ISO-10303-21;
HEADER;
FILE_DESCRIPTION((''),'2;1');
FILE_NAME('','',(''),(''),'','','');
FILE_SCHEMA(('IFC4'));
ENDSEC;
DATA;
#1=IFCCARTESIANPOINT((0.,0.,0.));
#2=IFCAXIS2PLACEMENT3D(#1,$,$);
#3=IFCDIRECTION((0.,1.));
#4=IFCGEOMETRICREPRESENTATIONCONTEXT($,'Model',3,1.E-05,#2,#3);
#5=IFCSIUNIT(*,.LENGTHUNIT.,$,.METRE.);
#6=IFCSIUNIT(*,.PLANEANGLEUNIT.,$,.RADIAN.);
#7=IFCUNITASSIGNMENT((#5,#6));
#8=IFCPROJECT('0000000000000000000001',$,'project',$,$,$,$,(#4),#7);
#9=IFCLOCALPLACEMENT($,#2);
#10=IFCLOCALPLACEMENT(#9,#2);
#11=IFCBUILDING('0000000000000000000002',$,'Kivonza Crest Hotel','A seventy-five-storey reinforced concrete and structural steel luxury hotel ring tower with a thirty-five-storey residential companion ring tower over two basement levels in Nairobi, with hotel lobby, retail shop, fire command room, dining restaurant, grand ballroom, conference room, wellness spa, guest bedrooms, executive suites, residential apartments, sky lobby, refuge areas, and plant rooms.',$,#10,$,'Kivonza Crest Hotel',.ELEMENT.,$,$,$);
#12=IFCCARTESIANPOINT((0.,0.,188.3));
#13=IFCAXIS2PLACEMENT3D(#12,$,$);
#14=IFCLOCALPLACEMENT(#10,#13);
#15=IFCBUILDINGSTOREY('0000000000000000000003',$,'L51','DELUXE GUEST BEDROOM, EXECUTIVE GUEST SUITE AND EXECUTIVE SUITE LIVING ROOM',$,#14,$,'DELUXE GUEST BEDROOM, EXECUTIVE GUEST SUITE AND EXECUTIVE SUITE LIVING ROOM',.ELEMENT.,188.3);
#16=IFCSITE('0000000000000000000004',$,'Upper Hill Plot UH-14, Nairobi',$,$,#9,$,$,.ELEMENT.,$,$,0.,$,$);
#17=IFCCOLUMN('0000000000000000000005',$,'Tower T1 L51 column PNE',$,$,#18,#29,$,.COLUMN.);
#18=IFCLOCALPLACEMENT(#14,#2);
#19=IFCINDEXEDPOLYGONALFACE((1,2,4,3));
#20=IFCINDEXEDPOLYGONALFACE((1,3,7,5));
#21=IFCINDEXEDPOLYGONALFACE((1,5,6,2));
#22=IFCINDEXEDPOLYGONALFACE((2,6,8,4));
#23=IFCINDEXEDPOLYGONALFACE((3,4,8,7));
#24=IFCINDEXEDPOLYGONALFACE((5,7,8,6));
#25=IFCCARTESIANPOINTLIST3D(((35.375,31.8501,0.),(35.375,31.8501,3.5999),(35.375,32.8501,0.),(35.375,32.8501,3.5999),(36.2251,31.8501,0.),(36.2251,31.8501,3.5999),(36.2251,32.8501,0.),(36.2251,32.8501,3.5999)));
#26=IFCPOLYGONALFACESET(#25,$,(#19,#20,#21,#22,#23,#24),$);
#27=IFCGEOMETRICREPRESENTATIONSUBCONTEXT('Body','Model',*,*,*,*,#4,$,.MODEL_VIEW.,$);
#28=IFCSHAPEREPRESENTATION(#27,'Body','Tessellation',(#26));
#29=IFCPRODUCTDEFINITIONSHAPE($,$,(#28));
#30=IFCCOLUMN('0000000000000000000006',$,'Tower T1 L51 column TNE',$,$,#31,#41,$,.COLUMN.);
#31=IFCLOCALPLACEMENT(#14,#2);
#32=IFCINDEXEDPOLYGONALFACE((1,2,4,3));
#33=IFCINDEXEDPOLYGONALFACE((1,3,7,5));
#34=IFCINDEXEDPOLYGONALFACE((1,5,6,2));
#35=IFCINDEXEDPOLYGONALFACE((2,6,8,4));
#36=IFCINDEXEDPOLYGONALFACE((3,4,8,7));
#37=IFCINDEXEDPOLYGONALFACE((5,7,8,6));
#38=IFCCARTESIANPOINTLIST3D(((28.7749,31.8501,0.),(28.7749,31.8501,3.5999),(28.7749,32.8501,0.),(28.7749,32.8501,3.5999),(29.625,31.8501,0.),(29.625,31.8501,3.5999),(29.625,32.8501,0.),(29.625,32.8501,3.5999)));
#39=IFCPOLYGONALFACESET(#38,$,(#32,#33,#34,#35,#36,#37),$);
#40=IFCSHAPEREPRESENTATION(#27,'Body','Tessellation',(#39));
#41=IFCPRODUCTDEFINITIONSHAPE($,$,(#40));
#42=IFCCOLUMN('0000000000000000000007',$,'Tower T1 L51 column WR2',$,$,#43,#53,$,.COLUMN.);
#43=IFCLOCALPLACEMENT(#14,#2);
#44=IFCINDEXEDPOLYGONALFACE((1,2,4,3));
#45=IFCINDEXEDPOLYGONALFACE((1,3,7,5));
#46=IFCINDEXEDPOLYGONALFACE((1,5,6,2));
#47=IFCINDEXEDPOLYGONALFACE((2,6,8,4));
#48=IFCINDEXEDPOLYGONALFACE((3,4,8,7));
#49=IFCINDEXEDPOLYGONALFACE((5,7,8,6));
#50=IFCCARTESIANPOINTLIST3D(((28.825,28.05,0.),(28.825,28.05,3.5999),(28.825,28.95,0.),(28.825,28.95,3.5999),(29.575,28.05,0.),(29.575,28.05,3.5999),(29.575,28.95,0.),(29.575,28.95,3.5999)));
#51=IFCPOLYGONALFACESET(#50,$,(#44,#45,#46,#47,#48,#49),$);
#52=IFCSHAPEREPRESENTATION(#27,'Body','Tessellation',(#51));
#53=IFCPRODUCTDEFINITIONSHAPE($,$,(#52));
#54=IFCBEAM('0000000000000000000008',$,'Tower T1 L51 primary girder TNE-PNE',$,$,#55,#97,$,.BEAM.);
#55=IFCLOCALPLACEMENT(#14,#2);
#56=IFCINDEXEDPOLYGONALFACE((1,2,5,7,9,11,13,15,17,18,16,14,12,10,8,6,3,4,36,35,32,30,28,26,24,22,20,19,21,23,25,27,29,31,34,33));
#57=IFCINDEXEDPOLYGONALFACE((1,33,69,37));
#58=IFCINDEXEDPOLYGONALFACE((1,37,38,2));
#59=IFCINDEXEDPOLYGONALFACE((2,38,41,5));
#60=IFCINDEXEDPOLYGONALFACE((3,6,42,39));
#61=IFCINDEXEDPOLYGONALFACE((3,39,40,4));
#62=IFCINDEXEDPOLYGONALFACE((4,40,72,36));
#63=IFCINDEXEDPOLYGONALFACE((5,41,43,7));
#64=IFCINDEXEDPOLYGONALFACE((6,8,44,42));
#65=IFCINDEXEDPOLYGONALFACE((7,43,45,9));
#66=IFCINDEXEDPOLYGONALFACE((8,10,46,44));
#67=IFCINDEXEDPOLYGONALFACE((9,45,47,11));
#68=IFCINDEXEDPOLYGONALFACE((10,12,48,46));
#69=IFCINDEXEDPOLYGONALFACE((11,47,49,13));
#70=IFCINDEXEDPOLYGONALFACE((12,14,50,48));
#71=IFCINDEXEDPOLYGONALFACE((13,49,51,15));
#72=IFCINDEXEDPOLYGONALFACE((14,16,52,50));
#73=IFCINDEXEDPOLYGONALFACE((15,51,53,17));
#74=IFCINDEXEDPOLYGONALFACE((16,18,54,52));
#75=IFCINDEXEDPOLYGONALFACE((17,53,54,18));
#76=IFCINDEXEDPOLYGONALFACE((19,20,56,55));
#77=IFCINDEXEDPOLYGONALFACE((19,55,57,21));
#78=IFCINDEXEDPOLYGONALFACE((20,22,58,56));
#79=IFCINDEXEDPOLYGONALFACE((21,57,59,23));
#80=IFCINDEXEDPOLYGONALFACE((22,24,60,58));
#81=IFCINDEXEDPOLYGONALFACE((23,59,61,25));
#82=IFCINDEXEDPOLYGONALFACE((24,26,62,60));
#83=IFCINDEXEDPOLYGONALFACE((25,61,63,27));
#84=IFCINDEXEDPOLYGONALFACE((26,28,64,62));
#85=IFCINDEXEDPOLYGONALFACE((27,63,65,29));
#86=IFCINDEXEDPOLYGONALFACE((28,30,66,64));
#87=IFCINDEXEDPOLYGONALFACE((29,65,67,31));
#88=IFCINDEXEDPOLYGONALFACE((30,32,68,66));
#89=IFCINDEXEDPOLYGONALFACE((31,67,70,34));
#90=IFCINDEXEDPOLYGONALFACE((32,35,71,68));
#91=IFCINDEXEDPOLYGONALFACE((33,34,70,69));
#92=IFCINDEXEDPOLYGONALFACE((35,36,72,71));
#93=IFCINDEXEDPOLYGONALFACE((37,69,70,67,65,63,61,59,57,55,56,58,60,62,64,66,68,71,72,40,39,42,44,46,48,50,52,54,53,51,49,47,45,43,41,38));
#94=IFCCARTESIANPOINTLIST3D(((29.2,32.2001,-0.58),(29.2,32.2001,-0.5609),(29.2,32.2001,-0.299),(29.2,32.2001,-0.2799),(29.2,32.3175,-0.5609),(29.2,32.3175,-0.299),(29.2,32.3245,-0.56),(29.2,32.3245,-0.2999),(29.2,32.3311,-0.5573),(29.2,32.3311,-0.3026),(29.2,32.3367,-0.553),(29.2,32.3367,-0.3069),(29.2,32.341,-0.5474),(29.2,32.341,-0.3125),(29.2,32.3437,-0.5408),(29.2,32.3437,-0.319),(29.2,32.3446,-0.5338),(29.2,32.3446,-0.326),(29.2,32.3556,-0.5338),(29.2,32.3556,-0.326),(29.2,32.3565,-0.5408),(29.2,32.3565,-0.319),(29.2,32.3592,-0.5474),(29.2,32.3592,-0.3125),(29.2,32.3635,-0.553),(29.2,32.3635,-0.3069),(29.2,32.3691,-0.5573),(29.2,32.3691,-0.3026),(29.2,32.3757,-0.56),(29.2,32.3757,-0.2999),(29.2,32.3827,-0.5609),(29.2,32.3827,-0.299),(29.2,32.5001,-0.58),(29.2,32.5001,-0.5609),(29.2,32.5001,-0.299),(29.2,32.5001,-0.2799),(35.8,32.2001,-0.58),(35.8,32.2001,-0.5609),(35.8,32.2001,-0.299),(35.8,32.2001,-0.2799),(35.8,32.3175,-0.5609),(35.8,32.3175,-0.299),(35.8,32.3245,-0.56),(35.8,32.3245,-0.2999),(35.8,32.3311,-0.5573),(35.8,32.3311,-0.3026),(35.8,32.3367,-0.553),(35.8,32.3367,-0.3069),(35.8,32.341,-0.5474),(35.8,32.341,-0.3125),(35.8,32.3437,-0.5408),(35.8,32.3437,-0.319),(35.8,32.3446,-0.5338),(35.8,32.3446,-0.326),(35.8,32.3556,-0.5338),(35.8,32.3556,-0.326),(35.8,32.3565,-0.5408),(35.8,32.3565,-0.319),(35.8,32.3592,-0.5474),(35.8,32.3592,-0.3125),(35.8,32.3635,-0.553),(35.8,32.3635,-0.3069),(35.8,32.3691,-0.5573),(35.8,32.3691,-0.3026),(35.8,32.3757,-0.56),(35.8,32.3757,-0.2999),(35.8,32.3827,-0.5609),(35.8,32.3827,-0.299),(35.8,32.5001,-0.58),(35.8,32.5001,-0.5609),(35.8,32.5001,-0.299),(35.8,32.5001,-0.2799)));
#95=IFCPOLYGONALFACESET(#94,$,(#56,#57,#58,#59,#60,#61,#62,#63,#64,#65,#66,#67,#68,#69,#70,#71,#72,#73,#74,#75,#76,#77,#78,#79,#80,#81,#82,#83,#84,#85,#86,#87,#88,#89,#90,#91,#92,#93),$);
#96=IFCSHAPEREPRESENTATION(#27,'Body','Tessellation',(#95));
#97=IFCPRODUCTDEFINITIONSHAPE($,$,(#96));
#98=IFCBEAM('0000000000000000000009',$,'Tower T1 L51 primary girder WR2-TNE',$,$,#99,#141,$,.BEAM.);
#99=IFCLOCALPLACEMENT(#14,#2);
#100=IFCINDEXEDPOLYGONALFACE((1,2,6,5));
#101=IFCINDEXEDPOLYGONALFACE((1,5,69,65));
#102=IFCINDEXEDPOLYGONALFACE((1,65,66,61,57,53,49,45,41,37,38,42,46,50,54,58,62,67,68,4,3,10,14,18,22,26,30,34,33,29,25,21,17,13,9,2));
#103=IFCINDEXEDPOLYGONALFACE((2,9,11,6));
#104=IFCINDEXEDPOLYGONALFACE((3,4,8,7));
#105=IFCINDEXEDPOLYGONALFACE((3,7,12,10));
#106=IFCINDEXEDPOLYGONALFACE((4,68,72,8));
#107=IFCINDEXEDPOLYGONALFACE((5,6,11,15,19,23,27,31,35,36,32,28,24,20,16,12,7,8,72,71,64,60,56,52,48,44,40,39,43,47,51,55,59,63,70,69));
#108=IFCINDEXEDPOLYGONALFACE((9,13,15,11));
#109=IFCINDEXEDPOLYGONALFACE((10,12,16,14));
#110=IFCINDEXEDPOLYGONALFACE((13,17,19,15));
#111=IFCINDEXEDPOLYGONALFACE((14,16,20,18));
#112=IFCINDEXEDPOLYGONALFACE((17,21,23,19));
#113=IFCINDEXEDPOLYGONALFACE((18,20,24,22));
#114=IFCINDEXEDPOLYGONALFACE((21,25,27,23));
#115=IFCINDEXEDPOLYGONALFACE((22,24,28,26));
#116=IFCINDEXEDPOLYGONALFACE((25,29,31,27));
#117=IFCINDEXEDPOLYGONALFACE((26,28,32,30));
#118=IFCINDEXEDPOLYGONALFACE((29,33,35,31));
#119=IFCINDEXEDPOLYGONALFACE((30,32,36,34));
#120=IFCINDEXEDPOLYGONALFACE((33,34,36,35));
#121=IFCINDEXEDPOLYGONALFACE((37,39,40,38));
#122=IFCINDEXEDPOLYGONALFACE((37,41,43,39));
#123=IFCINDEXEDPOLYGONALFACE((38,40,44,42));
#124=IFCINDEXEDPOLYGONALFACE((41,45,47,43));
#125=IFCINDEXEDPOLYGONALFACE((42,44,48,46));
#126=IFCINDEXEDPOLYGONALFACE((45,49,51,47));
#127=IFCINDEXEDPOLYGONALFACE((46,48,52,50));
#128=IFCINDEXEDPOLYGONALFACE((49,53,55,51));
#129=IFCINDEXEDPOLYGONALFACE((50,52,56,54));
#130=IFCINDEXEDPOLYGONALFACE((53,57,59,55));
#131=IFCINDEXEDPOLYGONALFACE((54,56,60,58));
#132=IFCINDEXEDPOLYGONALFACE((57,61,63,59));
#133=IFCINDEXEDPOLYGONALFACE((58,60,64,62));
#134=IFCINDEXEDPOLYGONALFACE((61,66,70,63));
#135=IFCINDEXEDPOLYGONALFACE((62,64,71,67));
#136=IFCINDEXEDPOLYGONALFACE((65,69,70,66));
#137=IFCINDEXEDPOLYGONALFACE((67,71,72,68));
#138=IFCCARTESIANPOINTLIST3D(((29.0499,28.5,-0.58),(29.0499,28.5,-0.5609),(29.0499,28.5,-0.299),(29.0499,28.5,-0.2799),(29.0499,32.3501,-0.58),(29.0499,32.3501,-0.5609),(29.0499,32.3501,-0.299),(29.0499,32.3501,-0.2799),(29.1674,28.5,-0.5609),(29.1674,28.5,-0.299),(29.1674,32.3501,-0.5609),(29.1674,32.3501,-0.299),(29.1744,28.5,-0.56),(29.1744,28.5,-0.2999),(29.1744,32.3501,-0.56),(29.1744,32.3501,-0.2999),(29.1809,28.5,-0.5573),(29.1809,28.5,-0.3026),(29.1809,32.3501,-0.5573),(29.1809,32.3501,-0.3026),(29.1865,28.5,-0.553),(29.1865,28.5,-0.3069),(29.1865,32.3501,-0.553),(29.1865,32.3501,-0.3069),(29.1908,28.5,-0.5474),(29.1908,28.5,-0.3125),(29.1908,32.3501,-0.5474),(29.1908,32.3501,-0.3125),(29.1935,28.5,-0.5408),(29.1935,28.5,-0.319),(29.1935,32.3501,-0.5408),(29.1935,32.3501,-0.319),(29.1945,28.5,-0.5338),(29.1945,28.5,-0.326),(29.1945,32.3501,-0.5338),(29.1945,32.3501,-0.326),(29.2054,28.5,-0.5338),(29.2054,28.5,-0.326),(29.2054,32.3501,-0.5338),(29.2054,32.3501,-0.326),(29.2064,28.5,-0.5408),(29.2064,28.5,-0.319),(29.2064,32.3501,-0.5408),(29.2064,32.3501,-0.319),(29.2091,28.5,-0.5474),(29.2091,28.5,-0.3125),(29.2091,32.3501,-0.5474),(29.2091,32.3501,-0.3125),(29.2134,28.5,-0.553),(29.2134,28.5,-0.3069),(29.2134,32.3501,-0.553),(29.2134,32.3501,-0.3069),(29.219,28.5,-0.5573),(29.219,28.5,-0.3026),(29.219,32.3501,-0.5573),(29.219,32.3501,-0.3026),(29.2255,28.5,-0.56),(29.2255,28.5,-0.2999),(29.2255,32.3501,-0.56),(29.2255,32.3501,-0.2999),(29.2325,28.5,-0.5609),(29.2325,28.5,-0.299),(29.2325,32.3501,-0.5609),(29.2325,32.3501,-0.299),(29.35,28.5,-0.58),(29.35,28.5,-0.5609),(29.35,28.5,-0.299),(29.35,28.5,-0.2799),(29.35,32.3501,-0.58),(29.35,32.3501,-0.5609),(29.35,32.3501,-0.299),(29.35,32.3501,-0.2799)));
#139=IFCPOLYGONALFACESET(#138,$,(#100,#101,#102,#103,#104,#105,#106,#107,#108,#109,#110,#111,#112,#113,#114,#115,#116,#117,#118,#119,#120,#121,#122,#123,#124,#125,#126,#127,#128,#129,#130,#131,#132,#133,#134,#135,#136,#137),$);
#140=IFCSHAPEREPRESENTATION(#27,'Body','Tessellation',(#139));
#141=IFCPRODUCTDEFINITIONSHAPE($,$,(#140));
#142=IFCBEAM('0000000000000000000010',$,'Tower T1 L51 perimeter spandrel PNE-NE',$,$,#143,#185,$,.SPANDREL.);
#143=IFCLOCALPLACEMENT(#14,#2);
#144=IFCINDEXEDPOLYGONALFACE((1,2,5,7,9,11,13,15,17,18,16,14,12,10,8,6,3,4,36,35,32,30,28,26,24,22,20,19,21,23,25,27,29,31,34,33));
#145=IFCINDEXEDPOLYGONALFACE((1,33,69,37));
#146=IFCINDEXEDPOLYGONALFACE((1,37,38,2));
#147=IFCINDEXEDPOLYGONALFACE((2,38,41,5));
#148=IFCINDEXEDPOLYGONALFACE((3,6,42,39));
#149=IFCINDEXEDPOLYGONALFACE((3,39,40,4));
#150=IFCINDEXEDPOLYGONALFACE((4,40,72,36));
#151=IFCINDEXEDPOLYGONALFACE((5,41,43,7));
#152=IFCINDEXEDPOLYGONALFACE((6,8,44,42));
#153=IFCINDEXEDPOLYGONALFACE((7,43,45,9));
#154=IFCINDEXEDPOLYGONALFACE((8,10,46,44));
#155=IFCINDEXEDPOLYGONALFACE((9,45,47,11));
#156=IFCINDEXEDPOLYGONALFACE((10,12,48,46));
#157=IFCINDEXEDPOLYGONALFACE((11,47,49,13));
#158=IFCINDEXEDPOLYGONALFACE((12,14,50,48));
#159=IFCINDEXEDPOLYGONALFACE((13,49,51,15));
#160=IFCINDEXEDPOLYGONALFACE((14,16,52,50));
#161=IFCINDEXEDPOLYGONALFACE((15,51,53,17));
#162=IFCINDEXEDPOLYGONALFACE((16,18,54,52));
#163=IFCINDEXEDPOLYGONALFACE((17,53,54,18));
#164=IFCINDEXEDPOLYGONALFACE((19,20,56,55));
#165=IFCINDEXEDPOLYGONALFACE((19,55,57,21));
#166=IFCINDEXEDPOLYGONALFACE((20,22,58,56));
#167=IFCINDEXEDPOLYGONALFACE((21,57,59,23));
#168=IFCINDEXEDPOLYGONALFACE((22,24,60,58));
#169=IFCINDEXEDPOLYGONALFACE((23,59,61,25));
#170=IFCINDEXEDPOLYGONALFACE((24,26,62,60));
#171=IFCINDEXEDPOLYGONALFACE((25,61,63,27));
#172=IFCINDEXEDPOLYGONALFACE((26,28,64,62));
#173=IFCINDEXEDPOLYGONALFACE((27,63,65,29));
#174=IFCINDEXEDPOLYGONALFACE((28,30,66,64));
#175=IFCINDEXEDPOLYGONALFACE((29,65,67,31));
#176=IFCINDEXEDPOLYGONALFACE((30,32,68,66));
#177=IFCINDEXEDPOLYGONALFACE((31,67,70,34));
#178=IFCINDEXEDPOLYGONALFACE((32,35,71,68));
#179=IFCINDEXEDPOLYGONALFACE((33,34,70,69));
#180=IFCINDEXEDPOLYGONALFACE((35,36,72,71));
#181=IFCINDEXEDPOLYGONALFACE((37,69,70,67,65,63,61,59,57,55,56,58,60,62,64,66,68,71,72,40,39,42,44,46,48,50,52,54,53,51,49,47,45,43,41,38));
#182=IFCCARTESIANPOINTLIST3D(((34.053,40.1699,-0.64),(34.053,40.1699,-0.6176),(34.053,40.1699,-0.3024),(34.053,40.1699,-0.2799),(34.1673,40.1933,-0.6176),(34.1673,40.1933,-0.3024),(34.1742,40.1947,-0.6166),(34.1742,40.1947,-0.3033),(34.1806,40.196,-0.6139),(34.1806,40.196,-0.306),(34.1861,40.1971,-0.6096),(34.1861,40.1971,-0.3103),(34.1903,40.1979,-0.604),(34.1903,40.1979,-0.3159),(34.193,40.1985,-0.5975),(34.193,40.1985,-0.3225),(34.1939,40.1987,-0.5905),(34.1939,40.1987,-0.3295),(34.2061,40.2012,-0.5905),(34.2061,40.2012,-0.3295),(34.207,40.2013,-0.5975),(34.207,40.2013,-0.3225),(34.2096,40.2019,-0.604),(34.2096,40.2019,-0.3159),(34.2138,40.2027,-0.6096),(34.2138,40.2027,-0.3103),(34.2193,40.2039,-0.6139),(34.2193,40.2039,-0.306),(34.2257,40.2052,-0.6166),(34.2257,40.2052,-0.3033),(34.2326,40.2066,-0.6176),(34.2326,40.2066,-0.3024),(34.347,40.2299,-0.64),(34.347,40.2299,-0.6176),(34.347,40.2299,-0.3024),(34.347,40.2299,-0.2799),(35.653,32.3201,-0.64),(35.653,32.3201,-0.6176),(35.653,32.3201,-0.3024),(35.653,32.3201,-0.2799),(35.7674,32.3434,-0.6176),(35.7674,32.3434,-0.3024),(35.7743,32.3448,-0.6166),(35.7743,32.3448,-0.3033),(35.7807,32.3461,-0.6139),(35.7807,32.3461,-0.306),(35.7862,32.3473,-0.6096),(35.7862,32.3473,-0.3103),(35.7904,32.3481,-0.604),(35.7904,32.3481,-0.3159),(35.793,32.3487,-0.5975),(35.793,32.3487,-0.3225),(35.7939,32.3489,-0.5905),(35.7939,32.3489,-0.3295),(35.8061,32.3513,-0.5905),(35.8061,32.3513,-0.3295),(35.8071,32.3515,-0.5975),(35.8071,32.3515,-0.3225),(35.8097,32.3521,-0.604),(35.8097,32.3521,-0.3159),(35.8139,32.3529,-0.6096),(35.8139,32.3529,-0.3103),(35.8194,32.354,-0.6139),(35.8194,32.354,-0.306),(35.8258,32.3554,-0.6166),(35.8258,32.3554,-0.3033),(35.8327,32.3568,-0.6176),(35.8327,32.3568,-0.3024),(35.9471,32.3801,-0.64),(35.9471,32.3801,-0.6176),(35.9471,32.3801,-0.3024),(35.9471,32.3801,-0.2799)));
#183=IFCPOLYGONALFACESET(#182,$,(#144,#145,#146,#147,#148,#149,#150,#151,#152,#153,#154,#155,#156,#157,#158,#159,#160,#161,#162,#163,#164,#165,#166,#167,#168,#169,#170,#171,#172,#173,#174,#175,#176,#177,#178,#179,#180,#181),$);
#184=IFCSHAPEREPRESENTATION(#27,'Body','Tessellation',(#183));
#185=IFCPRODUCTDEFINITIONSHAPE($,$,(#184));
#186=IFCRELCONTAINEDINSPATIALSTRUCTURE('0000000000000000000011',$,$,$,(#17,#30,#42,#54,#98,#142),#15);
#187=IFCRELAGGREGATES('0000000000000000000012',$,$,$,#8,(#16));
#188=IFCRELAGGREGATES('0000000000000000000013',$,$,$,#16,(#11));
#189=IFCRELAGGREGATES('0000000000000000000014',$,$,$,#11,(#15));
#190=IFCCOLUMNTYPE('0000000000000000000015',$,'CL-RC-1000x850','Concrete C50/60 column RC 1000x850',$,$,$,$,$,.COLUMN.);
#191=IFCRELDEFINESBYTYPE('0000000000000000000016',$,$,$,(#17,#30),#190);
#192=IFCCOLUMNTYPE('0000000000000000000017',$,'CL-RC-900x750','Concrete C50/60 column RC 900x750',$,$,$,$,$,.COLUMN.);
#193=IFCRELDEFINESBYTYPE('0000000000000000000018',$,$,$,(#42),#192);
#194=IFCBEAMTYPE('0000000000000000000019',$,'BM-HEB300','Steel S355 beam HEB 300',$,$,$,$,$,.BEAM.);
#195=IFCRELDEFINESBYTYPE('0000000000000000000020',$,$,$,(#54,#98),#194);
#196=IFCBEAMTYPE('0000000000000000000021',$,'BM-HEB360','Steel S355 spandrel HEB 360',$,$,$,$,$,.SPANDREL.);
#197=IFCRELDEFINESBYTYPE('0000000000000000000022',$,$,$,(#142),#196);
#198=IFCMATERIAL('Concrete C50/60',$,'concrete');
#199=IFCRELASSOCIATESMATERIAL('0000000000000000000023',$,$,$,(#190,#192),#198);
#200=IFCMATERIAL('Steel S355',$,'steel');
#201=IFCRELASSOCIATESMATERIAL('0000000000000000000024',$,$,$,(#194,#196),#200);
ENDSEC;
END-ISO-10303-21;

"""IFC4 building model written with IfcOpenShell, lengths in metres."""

from ifc_helpers import new_model, si_unit, direction, frame, origin, origin_2d, place, context, subcontext, project, spatial, rectangle, i_section, extrude, material, material_profile, profile_set, type_object, element, save


model = new_model("IFC4")

# Units and contexts
model_context = context("Model", 3, precision=1e-05, world=origin(), true_north=direction((0.0, 1.0)))
body_context = subcontext(model_context, "Body", "Model", "MODEL_VIEW")
ifc_project = project(units=[si_unit("LENGTHUNIT", "METRE"), si_unit("PLANEANGLEUNIT", "RADIAN")], contexts=[model_context])

# Site, building, storey
site_placement = place(None, origin())
site = spatial("IfcSite", under=ifc_project, at=site_placement, Name="Upper Hill Plot UH-14, Nairobi", CompositionType="ELEMENT", RefElevation=0.0)
building_placement = place(site_placement, origin())
building = spatial("IfcBuilding", under=site, at=building_placement, Name="Kivonza Crest Hotel", Description="A seventy-five-storey reinforced concrete and structural steel luxury hotel ring tower with a thirty-five-storey residential companion ring tower over two basement levels in Nairobi, with hotel lobby, retail shop, fire command room, dining restaurant, grand ballroom, conference room, wellness spa, guest bedrooms, executive suites, residential apartments, sky lobby, refuge areas, and plant rooms.", LongName="Kivonza Crest Hotel", CompositionType="ELEMENT")
storey_placement = place(building_placement, frame((0.0, 0.0, 188.3)))
storey = spatial("IfcBuildingStorey", under=building, at=storey_placement, Name="L51", Description="DELUXE GUEST BEDROOM, EXECUTIVE GUEST SUITE AND EXECUTIVE SUITE LIVING ROOM", LongName="DELUXE GUEST BEDROOM, EXECUTIVE GUEST SUITE AND EXECUTIVE SUITE LIVING ROOM", CompositionType="ELEMENT", Elevation=188.3)

# Columns
ifc_material_1 = material(Name="Concrete C50/60", Category="concrete")
ifc_material_profile_1 = material_profile(ifc_material_1, rectangle(XDim=0.8501, YDim=1.0, at=origin_2d()), Name="RC 1000x850")
ifc_profile_set_1 = profile_set([ifc_material_profile_1], Name="Concrete C50/60")
column_type_1 = type_object("IfcColumnType", Name="CL-RC-1000x850", Description="Concrete C50/60 column RC 1000x850", PredefinedType="COLUMN", material=ifc_profile_set_1)
for number, where, z_axis, x_axis, name in (
    (1, (35.8, 32.3501, 0.0), (0.0, 0.0, 1.0), (1.0, 0.0, 0.0), "Tower T1 L51 column PNE"),
    (2, (29.2, 32.3501, 0.0), (0.0, 0.0, 1.0), (1.0, 0.0, 0.0), "Tower T1 L51 column TNE"),
):
    element("IfcColumn", number, at=place(storey_placement, frame(where, z_axis=z_axis, x_axis=x_axis)), inside=storey, type_object=column_type_1, Name=name, PredefinedType="COLUMN", context=body_context, shape_type="SweptSolid", body=[
        extrude(rectangle(XDim=0.8501, YDim=1.0, at=origin_2d()), origin(), (0.0, 0.0, 1.0), 3.5999),
    ])
ifc_material_profile_2 = material_profile(ifc_material_1, rectangle(XDim=0.75, YDim=0.8999, at=origin_2d()), Name="RC 900x750")
ifc_profile_set_2 = profile_set([ifc_material_profile_2], Name="Concrete C50/60")
column_type_2 = type_object("IfcColumnType", Name="CL-RC-900x750", Description="Concrete C50/60 column RC 900x750", PredefinedType="COLUMN", material=ifc_profile_set_2)
column_placement = place(storey_placement, frame((29.2, 28.5, 0.0), z_axis=(0.0, 0.0, 1.0), x_axis=(1.0, 0.0, 0.0)))
element("IfcColumn", 3, at=column_placement, inside=storey, type_object=column_type_2, Name="Tower T1 L51 column WR2", PredefinedType="COLUMN", context=body_context, shape_type="SweptSolid", body=[
    extrude(rectangle(XDim=0.75, YDim=0.8999, at=origin_2d()), origin(), (0.0, 0.0, 1.0), 3.5999),
])

# Beams
ifc_material_2 = material(Name="Steel S355", Category="steel")
ifc_material_profile_3 = material_profile(ifc_material_2, i_section(OverallWidth=0.3, OverallDepth=0.3, WebThickness=0.011, FlangeThickness=0.019, FilletRadius=0.0271, at=origin_2d()), Name="HEB 300")
ifc_profile_set_3 = profile_set([ifc_material_profile_3], Name="Steel S355")
beam_type_1 = type_object("IfcBeamType", Name="BM-HEB300", Description="Steel S355 beam HEB 300", PredefinedType="BEAM", material=ifc_profile_set_3)
beam_1_placement = place(storey_placement, frame((29.2, 32.3501, -0.4299), z_axis=(1.0, 0.0, 0.0), x_axis=(0.0, 1.0, 0.0)))
element("IfcBeam", 4, at=beam_1_placement, inside=storey, type_object=beam_type_1, Name="Tower T1 L51 primary girder TNE-PNE", PredefinedType="BEAM", context=body_context, shape_type="SweptSolid", body=[
    extrude(i_section(OverallWidth=0.3, OverallDepth=0.3, WebThickness=0.011, FlangeThickness=0.019, FilletRadius=0.0271, at=origin_2d()), origin(), (0.0, 0.0, 1.0), 6.6001),
])
beam_2_placement = place(storey_placement, frame((29.2, 28.5, -0.4299), z_axis=(0.0, 1.0, 0.0), x_axis=(-1.0, 0.0, 0.0)))
element("IfcBeam", 5, at=beam_2_placement, inside=storey, type_object=beam_type_1, Name="Tower T1 L51 primary girder WR2-TNE", PredefinedType="BEAM", context=body_context, shape_type="SweptSolid", body=[
    extrude(i_section(OverallWidth=0.3, OverallDepth=0.3, WebThickness=0.011, FlangeThickness=0.019, FilletRadius=0.0271, at=origin_2d()), origin(), (0.0, 0.0, 1.0), 3.8501),
])
ifc_material_profile_4 = material_profile(ifc_material_2, i_section(OverallWidth=0.3, OverallDepth=0.3601, WebThickness=0.0125, FlangeThickness=0.0225, FilletRadius=0.0271, at=origin_2d()), Name="HEB 360")
ifc_profile_set_4 = profile_set([ifc_material_profile_4], Name="Steel S355")
beam_type_2 = type_object("IfcBeamType", Name="BM-HEB360", Description="Steel S355 spandrel HEB 360", PredefinedType="SPANDREL", material=ifc_profile_set_4)
beam_3_placement = place(storey_placement, frame((35.8, 32.3501, -0.46), z_axis=(-0.199731, 0.979851, 0.0), x_axis=(-0.979851, -0.199731, 0.0)))
element("IfcBeam", 6, at=beam_3_placement, inside=storey, type_object=beam_type_2, Name="Tower T1 L51 perimeter spandrel PNE-NE", PredefinedType="SPANDREL", context=body_context, shape_type="SweptSolid", body=[
    extrude(i_section(OverallWidth=0.3, OverallDepth=0.3601, WebThickness=0.0125, FlangeThickness=0.0225, FilletRadius=0.0271, at=origin_2d()), origin(), (0.0, 0.0, 1.0), 8.0112),
])

save(model, "model.ifc")
